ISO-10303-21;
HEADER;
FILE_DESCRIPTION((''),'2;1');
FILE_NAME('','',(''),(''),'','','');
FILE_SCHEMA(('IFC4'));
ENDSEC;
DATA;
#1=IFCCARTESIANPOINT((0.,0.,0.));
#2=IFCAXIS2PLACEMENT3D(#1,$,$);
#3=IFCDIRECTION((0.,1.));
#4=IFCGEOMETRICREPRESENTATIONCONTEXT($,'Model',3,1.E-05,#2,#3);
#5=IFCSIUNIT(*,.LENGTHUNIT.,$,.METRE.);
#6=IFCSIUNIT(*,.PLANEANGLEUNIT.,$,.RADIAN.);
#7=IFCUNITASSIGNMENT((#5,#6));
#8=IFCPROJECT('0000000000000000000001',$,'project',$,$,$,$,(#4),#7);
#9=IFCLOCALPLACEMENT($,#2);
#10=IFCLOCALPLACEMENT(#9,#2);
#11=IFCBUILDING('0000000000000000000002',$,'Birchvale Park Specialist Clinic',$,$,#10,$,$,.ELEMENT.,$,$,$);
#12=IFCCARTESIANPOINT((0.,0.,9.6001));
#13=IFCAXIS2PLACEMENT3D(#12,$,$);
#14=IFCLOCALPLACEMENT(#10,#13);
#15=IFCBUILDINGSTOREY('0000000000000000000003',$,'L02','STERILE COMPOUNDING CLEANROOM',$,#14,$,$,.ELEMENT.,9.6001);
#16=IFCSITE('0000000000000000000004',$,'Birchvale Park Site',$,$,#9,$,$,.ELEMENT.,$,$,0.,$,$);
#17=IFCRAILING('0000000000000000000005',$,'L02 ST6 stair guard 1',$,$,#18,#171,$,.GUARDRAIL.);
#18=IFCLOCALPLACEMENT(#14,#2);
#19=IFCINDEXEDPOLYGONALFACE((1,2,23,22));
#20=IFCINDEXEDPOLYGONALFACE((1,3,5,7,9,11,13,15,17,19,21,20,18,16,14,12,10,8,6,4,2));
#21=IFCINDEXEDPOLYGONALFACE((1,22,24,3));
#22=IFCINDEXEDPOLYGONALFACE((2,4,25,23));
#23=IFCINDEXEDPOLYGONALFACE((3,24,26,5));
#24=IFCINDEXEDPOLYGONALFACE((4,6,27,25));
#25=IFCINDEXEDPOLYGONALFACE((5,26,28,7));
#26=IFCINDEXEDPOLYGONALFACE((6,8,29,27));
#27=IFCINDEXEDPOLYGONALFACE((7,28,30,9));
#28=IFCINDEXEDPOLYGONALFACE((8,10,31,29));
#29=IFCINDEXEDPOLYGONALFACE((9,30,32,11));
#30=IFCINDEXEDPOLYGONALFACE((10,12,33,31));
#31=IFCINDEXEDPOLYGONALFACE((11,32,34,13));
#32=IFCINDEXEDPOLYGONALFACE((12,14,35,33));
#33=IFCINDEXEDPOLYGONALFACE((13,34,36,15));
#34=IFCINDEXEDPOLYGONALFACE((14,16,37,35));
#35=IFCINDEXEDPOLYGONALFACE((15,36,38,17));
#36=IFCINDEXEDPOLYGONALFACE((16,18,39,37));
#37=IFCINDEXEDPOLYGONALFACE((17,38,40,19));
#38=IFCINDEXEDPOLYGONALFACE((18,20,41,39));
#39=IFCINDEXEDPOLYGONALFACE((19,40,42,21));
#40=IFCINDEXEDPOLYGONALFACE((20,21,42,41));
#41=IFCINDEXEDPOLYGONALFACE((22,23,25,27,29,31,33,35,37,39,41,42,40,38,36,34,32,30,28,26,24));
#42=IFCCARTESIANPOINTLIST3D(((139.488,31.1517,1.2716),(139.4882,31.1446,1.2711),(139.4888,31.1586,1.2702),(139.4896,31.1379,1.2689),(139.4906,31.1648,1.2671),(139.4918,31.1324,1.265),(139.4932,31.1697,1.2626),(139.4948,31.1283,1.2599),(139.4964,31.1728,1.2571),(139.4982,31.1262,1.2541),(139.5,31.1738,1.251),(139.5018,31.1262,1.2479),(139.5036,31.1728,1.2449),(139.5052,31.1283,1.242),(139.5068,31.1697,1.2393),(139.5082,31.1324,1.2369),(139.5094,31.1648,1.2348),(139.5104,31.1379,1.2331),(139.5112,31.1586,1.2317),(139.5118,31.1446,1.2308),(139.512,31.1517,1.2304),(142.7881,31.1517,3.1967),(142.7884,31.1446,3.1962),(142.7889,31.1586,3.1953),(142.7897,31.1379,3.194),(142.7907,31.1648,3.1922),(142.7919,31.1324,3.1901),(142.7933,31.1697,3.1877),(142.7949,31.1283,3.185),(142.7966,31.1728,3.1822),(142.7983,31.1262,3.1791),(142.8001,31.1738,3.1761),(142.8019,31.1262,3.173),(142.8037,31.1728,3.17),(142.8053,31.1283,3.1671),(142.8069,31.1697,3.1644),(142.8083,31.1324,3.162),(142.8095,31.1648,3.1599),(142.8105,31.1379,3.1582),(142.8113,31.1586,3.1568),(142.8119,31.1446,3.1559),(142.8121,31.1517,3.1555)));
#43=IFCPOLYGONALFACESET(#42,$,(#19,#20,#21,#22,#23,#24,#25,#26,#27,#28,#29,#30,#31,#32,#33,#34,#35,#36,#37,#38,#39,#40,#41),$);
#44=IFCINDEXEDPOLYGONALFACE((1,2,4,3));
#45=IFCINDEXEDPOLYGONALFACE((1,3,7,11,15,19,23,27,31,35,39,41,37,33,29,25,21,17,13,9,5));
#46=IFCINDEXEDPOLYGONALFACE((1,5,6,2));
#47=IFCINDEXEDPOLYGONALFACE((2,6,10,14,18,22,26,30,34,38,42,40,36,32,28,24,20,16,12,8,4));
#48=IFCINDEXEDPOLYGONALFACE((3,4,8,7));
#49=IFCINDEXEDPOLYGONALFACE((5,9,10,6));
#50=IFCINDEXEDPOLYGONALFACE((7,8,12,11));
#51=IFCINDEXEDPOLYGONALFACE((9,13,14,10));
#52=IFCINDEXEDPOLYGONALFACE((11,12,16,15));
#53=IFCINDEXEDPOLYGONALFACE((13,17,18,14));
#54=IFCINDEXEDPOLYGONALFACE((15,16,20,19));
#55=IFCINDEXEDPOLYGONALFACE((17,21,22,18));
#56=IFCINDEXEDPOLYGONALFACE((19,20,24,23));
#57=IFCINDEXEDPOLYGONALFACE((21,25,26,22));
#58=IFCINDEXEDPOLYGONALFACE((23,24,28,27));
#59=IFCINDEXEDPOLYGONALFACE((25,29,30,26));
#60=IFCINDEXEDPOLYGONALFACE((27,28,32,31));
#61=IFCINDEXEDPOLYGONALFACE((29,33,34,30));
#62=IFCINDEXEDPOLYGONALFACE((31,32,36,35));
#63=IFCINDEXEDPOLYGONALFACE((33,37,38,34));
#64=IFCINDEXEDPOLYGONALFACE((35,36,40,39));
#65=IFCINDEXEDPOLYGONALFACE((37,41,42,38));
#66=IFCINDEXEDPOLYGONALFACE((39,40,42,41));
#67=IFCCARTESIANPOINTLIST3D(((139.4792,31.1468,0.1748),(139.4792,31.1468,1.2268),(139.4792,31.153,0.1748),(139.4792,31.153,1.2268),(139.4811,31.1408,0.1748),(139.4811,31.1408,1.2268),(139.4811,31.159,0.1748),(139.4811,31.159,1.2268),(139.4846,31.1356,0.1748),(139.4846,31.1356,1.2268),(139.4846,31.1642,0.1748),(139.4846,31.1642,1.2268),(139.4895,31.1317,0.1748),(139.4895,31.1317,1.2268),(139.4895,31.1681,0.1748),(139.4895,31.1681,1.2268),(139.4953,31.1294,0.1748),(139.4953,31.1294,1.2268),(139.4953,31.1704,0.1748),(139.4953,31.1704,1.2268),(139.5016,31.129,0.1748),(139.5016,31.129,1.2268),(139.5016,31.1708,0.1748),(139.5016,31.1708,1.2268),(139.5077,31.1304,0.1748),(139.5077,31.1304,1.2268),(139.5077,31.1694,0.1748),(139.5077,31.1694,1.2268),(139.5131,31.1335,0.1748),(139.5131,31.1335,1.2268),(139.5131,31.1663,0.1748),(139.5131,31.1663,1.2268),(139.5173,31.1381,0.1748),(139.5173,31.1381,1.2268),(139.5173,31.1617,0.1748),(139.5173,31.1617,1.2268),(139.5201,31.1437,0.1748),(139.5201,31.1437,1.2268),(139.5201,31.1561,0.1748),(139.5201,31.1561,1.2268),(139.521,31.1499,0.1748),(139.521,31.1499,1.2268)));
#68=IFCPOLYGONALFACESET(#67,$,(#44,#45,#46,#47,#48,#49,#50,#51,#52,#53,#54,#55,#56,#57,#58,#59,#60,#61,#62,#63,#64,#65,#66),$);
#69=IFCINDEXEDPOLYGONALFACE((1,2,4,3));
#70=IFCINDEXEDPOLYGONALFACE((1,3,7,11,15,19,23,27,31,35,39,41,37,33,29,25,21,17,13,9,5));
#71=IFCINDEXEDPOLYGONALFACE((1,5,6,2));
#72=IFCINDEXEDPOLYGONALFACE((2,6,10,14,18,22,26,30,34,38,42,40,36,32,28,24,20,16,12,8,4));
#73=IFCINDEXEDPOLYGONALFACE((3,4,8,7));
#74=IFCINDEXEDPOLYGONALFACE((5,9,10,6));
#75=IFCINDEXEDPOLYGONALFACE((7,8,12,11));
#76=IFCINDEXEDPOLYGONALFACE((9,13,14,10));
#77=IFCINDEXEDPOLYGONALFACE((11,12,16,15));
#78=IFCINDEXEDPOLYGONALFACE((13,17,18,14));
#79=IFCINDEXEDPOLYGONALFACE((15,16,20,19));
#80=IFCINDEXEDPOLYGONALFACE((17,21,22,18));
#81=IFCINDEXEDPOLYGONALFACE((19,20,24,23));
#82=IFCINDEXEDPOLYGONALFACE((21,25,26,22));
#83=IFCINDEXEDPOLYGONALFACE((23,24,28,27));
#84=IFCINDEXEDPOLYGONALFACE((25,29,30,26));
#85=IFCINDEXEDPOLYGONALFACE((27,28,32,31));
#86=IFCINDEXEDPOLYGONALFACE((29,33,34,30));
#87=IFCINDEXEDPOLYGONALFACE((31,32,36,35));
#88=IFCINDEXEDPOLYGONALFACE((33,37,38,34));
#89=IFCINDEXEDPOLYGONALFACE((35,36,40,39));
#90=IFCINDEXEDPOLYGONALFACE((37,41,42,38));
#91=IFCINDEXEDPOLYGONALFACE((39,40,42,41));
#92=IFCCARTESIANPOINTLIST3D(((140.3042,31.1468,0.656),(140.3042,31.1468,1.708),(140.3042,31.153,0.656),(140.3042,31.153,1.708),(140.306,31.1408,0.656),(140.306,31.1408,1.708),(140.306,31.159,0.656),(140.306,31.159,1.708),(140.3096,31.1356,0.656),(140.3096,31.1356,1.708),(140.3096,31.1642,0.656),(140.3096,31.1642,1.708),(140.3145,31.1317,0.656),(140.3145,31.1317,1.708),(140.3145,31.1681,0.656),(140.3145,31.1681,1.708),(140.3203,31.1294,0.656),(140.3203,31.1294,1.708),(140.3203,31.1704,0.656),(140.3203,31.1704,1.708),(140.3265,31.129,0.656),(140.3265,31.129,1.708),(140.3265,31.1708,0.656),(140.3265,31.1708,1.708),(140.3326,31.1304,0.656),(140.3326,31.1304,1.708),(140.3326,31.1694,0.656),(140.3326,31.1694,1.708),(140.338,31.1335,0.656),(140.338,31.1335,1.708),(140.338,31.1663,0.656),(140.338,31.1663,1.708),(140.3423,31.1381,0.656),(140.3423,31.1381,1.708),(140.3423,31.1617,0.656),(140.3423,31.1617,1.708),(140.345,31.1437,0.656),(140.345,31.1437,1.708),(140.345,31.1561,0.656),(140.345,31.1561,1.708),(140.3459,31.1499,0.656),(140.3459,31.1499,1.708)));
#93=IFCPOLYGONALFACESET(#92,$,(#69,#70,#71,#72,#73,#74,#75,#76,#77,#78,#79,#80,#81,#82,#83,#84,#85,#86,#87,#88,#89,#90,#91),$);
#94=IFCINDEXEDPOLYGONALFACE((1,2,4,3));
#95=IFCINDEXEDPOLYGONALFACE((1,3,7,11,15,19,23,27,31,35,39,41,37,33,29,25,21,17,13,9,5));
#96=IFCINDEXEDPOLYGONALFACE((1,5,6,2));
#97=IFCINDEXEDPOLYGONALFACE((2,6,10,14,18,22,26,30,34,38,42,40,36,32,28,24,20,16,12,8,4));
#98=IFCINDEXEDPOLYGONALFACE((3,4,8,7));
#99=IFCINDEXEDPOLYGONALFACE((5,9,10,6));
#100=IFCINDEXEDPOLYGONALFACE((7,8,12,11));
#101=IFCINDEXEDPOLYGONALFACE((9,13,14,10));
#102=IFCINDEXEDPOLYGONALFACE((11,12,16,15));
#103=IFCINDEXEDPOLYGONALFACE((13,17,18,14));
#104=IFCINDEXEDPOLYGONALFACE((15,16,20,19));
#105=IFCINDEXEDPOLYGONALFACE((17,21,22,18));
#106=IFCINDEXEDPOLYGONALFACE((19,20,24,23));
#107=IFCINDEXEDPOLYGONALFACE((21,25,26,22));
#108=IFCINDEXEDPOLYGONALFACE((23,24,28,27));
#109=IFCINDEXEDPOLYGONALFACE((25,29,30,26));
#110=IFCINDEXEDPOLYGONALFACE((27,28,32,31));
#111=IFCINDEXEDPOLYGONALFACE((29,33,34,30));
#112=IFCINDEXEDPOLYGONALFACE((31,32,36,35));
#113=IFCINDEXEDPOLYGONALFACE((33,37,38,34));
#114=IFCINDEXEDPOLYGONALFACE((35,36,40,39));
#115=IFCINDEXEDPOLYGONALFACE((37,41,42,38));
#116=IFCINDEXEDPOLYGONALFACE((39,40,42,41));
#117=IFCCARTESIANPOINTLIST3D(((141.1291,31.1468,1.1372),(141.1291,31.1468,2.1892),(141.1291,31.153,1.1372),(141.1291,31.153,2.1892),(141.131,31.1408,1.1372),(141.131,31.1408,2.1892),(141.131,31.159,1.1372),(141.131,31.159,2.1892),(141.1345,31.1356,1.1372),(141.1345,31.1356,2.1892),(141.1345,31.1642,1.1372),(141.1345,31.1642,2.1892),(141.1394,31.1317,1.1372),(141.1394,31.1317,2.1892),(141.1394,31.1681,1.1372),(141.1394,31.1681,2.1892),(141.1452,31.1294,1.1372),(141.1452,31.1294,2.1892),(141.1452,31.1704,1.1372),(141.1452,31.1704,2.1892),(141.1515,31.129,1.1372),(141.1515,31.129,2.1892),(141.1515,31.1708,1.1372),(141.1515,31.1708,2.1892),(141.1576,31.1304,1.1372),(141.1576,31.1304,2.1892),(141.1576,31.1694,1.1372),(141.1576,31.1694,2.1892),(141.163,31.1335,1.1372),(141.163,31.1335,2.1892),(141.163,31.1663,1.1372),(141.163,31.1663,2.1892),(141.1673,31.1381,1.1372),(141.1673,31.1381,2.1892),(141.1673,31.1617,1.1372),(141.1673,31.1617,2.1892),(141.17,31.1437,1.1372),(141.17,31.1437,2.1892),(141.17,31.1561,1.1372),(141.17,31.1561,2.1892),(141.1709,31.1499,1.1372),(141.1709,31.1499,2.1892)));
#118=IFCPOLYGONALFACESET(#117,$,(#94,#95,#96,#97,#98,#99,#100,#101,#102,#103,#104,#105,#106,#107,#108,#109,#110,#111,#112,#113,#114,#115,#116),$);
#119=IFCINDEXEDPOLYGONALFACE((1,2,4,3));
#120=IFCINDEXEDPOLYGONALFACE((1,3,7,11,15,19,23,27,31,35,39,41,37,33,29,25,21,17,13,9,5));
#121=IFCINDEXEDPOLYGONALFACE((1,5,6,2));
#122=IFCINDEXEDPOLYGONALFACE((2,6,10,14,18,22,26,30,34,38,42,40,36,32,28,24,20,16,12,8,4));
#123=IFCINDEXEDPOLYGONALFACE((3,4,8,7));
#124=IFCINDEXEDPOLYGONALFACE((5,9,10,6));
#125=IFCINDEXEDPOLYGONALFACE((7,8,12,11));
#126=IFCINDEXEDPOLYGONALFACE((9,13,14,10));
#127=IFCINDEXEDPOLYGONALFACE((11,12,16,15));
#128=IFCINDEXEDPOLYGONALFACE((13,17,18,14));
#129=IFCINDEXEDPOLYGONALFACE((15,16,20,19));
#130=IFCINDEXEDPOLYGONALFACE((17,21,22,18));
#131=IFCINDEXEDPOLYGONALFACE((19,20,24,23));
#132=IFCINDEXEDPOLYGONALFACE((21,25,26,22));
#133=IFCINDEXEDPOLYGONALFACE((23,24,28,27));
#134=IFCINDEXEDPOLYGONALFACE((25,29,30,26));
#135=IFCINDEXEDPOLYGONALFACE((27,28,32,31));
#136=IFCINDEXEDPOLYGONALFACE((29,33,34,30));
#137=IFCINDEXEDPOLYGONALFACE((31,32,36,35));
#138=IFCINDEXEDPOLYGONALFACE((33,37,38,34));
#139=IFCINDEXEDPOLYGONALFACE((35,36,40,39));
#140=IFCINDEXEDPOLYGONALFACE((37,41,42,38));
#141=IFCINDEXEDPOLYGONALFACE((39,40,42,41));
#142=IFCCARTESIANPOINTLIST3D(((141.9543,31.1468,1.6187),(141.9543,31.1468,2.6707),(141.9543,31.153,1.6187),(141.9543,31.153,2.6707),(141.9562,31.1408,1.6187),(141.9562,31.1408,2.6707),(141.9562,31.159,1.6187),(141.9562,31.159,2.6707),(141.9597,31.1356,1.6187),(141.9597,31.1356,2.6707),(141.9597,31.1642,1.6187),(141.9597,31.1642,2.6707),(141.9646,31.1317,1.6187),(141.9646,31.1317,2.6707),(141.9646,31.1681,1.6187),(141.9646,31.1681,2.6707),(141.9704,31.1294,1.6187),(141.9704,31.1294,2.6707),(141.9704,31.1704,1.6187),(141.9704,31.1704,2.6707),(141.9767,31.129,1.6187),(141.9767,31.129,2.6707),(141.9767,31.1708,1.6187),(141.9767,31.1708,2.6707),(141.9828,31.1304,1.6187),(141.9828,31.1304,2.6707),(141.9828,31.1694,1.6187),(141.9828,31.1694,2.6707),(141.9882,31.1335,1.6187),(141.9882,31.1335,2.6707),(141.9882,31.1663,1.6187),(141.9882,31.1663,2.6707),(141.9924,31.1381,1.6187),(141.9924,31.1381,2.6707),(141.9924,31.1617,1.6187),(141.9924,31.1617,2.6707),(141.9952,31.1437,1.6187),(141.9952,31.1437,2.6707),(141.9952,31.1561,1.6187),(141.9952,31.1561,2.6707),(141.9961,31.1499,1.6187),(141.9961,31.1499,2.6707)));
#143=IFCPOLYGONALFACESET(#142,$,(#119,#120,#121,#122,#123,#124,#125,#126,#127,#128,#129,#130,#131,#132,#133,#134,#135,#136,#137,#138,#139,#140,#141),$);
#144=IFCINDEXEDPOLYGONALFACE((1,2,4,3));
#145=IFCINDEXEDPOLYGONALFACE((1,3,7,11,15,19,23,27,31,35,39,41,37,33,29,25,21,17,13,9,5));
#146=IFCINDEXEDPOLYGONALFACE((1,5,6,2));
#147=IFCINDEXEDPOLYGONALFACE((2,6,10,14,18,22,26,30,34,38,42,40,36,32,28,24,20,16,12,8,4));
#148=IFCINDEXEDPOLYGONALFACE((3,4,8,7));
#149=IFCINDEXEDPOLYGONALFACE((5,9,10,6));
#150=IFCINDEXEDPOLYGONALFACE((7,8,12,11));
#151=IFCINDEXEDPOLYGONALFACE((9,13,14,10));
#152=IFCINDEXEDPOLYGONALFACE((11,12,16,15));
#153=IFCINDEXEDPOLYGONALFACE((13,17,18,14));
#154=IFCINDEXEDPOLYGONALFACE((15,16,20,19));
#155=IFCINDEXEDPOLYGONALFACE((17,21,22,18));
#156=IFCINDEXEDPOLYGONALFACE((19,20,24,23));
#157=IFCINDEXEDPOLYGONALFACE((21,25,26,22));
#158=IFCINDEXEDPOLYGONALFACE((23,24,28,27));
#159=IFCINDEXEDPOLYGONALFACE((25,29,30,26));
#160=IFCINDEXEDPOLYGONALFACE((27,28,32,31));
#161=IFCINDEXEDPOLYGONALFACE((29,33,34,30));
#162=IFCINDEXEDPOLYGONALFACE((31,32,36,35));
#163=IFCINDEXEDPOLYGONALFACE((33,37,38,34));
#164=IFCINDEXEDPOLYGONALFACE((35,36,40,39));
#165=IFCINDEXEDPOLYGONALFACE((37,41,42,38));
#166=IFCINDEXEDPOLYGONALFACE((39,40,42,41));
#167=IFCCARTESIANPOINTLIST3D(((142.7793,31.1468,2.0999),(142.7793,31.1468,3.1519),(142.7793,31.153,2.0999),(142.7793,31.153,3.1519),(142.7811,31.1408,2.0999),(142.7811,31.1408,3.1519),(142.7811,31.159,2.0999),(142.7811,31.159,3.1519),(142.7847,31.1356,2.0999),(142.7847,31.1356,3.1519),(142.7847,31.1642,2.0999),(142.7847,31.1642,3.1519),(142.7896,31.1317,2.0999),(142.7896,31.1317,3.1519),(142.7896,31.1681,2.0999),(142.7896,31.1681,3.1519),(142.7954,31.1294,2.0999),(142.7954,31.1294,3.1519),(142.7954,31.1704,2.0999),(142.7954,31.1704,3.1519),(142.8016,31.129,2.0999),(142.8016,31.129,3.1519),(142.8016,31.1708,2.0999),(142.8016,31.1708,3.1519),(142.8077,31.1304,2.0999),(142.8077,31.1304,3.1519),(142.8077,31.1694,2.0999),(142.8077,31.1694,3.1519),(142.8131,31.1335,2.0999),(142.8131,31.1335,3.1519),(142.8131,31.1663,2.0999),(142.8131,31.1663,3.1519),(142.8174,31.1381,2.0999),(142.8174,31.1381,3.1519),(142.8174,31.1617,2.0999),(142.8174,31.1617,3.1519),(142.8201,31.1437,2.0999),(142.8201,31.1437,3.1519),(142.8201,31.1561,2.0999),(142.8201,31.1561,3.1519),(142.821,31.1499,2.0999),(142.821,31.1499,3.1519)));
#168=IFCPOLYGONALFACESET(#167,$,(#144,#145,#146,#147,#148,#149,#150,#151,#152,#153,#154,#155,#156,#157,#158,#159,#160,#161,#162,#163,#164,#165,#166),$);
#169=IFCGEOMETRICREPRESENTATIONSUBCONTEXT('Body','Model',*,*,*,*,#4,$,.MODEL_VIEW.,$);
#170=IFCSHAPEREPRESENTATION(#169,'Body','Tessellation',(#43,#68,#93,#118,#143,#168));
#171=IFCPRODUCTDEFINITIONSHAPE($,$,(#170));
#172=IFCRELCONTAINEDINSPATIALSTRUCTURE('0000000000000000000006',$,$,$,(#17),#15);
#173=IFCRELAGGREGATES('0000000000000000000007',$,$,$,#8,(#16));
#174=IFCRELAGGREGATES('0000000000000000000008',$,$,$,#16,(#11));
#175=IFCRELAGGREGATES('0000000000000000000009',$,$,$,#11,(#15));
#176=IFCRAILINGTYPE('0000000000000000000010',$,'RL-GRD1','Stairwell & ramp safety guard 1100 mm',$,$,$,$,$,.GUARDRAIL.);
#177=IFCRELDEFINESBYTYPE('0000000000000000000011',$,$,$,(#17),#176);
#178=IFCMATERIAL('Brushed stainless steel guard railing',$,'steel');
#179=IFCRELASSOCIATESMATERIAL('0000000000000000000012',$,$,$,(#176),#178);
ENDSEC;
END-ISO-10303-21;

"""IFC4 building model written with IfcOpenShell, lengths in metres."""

from ifc_helpers import new_model, si_unit, direction, frame, origin, origin_2d, place, context, subcontext, project, spatial, circle, extrude, material, type_object, element, save


model = new_model("IFC4")

# Units and contexts
model_context = context("Model", 3, precision=1e-05, world=origin(), true_north=direction((0.0, 1.0)))
body_context = subcontext(model_context, "Body", "Model", "MODEL_VIEW")
ifc_project = project(units=[si_unit("LENGTHUNIT", "METRE"), si_unit("PLANEANGLEUNIT", "RADIAN")], contexts=[model_context])

# Site, building, storey
site_placement = place(None, origin())
site = spatial("IfcSite", under=ifc_project, at=site_placement, Name="Birchvale Park Site", CompositionType="ELEMENT", RefElevation=0.0)
building_placement = place(site_placement, origin())
building = spatial("IfcBuilding", under=site, at=building_placement, Name="Birchvale Park Specialist Clinic", CompositionType="ELEMENT")
storey_placement = place(building_placement, frame((0.0, 0.0, 9.6001)))
storey = spatial("IfcBuildingStorey", under=building, at=storey_placement, Name="L02", Description="STERILE COMPOUNDING CLEANROOM", CompositionType="ELEMENT", Elevation=9.6001)

# Railing
ifc_material_1 = material(Name="Brushed stainless steel guard railing", Category="steel")
railing_type_1 = type_object("IfcRailingType", Name="RL-GRD1", Description="Stairwell & ramp safety guard 1100 mm", PredefinedType="GUARDRAIL", material=ifc_material_1)
railing_1_placement = place(storey_placement, frame((139.5, 31.1499, 0.1748)))
element("IfcRailing", 1, at=railing_1_placement, inside=storey, type_object=railing_type_1, Name="L02 ST6 stair guard 1", PredefinedType="GUARDRAIL", context=body_context, shape_type="SweptSolid", body=[
    extrude(circle(Radius=0.0239, at=origin_2d()), frame((0.0, 0.0, 1.0762), z_axis=(0.863777, 0.0, 0.503875), x_axis=(0.0, 1.0, 0.0)), (0.0, 0.0, 1.0), 3.8206),
    extrude(circle(Radius=0.021, at=origin_2d()), origin(), (0.0, 0.0, 1.0), 1.052),
    extrude(circle(Radius=0.021, at=origin_2d()), frame((0.825, 0.0, 0.4812)), (0.0, 0.0, 1.0), 1.052),
    extrude(circle(Radius=0.021, at=origin_2d()), frame((1.6499, 0.0, 0.9624)), (0.0, 0.0, 1.0), 1.052),
    extrude(circle(Radius=0.021, at=origin_2d()), frame((2.4751, 0.0, 1.4438)), (0.0, 0.0, 1.0), 1.052),
    extrude(circle(Radius=0.021, at=origin_2d()), frame((3.3, 0.0, 1.925)), (0.0, 0.0, 1.0), 1.052),
])

save(model, "model.ifc")
